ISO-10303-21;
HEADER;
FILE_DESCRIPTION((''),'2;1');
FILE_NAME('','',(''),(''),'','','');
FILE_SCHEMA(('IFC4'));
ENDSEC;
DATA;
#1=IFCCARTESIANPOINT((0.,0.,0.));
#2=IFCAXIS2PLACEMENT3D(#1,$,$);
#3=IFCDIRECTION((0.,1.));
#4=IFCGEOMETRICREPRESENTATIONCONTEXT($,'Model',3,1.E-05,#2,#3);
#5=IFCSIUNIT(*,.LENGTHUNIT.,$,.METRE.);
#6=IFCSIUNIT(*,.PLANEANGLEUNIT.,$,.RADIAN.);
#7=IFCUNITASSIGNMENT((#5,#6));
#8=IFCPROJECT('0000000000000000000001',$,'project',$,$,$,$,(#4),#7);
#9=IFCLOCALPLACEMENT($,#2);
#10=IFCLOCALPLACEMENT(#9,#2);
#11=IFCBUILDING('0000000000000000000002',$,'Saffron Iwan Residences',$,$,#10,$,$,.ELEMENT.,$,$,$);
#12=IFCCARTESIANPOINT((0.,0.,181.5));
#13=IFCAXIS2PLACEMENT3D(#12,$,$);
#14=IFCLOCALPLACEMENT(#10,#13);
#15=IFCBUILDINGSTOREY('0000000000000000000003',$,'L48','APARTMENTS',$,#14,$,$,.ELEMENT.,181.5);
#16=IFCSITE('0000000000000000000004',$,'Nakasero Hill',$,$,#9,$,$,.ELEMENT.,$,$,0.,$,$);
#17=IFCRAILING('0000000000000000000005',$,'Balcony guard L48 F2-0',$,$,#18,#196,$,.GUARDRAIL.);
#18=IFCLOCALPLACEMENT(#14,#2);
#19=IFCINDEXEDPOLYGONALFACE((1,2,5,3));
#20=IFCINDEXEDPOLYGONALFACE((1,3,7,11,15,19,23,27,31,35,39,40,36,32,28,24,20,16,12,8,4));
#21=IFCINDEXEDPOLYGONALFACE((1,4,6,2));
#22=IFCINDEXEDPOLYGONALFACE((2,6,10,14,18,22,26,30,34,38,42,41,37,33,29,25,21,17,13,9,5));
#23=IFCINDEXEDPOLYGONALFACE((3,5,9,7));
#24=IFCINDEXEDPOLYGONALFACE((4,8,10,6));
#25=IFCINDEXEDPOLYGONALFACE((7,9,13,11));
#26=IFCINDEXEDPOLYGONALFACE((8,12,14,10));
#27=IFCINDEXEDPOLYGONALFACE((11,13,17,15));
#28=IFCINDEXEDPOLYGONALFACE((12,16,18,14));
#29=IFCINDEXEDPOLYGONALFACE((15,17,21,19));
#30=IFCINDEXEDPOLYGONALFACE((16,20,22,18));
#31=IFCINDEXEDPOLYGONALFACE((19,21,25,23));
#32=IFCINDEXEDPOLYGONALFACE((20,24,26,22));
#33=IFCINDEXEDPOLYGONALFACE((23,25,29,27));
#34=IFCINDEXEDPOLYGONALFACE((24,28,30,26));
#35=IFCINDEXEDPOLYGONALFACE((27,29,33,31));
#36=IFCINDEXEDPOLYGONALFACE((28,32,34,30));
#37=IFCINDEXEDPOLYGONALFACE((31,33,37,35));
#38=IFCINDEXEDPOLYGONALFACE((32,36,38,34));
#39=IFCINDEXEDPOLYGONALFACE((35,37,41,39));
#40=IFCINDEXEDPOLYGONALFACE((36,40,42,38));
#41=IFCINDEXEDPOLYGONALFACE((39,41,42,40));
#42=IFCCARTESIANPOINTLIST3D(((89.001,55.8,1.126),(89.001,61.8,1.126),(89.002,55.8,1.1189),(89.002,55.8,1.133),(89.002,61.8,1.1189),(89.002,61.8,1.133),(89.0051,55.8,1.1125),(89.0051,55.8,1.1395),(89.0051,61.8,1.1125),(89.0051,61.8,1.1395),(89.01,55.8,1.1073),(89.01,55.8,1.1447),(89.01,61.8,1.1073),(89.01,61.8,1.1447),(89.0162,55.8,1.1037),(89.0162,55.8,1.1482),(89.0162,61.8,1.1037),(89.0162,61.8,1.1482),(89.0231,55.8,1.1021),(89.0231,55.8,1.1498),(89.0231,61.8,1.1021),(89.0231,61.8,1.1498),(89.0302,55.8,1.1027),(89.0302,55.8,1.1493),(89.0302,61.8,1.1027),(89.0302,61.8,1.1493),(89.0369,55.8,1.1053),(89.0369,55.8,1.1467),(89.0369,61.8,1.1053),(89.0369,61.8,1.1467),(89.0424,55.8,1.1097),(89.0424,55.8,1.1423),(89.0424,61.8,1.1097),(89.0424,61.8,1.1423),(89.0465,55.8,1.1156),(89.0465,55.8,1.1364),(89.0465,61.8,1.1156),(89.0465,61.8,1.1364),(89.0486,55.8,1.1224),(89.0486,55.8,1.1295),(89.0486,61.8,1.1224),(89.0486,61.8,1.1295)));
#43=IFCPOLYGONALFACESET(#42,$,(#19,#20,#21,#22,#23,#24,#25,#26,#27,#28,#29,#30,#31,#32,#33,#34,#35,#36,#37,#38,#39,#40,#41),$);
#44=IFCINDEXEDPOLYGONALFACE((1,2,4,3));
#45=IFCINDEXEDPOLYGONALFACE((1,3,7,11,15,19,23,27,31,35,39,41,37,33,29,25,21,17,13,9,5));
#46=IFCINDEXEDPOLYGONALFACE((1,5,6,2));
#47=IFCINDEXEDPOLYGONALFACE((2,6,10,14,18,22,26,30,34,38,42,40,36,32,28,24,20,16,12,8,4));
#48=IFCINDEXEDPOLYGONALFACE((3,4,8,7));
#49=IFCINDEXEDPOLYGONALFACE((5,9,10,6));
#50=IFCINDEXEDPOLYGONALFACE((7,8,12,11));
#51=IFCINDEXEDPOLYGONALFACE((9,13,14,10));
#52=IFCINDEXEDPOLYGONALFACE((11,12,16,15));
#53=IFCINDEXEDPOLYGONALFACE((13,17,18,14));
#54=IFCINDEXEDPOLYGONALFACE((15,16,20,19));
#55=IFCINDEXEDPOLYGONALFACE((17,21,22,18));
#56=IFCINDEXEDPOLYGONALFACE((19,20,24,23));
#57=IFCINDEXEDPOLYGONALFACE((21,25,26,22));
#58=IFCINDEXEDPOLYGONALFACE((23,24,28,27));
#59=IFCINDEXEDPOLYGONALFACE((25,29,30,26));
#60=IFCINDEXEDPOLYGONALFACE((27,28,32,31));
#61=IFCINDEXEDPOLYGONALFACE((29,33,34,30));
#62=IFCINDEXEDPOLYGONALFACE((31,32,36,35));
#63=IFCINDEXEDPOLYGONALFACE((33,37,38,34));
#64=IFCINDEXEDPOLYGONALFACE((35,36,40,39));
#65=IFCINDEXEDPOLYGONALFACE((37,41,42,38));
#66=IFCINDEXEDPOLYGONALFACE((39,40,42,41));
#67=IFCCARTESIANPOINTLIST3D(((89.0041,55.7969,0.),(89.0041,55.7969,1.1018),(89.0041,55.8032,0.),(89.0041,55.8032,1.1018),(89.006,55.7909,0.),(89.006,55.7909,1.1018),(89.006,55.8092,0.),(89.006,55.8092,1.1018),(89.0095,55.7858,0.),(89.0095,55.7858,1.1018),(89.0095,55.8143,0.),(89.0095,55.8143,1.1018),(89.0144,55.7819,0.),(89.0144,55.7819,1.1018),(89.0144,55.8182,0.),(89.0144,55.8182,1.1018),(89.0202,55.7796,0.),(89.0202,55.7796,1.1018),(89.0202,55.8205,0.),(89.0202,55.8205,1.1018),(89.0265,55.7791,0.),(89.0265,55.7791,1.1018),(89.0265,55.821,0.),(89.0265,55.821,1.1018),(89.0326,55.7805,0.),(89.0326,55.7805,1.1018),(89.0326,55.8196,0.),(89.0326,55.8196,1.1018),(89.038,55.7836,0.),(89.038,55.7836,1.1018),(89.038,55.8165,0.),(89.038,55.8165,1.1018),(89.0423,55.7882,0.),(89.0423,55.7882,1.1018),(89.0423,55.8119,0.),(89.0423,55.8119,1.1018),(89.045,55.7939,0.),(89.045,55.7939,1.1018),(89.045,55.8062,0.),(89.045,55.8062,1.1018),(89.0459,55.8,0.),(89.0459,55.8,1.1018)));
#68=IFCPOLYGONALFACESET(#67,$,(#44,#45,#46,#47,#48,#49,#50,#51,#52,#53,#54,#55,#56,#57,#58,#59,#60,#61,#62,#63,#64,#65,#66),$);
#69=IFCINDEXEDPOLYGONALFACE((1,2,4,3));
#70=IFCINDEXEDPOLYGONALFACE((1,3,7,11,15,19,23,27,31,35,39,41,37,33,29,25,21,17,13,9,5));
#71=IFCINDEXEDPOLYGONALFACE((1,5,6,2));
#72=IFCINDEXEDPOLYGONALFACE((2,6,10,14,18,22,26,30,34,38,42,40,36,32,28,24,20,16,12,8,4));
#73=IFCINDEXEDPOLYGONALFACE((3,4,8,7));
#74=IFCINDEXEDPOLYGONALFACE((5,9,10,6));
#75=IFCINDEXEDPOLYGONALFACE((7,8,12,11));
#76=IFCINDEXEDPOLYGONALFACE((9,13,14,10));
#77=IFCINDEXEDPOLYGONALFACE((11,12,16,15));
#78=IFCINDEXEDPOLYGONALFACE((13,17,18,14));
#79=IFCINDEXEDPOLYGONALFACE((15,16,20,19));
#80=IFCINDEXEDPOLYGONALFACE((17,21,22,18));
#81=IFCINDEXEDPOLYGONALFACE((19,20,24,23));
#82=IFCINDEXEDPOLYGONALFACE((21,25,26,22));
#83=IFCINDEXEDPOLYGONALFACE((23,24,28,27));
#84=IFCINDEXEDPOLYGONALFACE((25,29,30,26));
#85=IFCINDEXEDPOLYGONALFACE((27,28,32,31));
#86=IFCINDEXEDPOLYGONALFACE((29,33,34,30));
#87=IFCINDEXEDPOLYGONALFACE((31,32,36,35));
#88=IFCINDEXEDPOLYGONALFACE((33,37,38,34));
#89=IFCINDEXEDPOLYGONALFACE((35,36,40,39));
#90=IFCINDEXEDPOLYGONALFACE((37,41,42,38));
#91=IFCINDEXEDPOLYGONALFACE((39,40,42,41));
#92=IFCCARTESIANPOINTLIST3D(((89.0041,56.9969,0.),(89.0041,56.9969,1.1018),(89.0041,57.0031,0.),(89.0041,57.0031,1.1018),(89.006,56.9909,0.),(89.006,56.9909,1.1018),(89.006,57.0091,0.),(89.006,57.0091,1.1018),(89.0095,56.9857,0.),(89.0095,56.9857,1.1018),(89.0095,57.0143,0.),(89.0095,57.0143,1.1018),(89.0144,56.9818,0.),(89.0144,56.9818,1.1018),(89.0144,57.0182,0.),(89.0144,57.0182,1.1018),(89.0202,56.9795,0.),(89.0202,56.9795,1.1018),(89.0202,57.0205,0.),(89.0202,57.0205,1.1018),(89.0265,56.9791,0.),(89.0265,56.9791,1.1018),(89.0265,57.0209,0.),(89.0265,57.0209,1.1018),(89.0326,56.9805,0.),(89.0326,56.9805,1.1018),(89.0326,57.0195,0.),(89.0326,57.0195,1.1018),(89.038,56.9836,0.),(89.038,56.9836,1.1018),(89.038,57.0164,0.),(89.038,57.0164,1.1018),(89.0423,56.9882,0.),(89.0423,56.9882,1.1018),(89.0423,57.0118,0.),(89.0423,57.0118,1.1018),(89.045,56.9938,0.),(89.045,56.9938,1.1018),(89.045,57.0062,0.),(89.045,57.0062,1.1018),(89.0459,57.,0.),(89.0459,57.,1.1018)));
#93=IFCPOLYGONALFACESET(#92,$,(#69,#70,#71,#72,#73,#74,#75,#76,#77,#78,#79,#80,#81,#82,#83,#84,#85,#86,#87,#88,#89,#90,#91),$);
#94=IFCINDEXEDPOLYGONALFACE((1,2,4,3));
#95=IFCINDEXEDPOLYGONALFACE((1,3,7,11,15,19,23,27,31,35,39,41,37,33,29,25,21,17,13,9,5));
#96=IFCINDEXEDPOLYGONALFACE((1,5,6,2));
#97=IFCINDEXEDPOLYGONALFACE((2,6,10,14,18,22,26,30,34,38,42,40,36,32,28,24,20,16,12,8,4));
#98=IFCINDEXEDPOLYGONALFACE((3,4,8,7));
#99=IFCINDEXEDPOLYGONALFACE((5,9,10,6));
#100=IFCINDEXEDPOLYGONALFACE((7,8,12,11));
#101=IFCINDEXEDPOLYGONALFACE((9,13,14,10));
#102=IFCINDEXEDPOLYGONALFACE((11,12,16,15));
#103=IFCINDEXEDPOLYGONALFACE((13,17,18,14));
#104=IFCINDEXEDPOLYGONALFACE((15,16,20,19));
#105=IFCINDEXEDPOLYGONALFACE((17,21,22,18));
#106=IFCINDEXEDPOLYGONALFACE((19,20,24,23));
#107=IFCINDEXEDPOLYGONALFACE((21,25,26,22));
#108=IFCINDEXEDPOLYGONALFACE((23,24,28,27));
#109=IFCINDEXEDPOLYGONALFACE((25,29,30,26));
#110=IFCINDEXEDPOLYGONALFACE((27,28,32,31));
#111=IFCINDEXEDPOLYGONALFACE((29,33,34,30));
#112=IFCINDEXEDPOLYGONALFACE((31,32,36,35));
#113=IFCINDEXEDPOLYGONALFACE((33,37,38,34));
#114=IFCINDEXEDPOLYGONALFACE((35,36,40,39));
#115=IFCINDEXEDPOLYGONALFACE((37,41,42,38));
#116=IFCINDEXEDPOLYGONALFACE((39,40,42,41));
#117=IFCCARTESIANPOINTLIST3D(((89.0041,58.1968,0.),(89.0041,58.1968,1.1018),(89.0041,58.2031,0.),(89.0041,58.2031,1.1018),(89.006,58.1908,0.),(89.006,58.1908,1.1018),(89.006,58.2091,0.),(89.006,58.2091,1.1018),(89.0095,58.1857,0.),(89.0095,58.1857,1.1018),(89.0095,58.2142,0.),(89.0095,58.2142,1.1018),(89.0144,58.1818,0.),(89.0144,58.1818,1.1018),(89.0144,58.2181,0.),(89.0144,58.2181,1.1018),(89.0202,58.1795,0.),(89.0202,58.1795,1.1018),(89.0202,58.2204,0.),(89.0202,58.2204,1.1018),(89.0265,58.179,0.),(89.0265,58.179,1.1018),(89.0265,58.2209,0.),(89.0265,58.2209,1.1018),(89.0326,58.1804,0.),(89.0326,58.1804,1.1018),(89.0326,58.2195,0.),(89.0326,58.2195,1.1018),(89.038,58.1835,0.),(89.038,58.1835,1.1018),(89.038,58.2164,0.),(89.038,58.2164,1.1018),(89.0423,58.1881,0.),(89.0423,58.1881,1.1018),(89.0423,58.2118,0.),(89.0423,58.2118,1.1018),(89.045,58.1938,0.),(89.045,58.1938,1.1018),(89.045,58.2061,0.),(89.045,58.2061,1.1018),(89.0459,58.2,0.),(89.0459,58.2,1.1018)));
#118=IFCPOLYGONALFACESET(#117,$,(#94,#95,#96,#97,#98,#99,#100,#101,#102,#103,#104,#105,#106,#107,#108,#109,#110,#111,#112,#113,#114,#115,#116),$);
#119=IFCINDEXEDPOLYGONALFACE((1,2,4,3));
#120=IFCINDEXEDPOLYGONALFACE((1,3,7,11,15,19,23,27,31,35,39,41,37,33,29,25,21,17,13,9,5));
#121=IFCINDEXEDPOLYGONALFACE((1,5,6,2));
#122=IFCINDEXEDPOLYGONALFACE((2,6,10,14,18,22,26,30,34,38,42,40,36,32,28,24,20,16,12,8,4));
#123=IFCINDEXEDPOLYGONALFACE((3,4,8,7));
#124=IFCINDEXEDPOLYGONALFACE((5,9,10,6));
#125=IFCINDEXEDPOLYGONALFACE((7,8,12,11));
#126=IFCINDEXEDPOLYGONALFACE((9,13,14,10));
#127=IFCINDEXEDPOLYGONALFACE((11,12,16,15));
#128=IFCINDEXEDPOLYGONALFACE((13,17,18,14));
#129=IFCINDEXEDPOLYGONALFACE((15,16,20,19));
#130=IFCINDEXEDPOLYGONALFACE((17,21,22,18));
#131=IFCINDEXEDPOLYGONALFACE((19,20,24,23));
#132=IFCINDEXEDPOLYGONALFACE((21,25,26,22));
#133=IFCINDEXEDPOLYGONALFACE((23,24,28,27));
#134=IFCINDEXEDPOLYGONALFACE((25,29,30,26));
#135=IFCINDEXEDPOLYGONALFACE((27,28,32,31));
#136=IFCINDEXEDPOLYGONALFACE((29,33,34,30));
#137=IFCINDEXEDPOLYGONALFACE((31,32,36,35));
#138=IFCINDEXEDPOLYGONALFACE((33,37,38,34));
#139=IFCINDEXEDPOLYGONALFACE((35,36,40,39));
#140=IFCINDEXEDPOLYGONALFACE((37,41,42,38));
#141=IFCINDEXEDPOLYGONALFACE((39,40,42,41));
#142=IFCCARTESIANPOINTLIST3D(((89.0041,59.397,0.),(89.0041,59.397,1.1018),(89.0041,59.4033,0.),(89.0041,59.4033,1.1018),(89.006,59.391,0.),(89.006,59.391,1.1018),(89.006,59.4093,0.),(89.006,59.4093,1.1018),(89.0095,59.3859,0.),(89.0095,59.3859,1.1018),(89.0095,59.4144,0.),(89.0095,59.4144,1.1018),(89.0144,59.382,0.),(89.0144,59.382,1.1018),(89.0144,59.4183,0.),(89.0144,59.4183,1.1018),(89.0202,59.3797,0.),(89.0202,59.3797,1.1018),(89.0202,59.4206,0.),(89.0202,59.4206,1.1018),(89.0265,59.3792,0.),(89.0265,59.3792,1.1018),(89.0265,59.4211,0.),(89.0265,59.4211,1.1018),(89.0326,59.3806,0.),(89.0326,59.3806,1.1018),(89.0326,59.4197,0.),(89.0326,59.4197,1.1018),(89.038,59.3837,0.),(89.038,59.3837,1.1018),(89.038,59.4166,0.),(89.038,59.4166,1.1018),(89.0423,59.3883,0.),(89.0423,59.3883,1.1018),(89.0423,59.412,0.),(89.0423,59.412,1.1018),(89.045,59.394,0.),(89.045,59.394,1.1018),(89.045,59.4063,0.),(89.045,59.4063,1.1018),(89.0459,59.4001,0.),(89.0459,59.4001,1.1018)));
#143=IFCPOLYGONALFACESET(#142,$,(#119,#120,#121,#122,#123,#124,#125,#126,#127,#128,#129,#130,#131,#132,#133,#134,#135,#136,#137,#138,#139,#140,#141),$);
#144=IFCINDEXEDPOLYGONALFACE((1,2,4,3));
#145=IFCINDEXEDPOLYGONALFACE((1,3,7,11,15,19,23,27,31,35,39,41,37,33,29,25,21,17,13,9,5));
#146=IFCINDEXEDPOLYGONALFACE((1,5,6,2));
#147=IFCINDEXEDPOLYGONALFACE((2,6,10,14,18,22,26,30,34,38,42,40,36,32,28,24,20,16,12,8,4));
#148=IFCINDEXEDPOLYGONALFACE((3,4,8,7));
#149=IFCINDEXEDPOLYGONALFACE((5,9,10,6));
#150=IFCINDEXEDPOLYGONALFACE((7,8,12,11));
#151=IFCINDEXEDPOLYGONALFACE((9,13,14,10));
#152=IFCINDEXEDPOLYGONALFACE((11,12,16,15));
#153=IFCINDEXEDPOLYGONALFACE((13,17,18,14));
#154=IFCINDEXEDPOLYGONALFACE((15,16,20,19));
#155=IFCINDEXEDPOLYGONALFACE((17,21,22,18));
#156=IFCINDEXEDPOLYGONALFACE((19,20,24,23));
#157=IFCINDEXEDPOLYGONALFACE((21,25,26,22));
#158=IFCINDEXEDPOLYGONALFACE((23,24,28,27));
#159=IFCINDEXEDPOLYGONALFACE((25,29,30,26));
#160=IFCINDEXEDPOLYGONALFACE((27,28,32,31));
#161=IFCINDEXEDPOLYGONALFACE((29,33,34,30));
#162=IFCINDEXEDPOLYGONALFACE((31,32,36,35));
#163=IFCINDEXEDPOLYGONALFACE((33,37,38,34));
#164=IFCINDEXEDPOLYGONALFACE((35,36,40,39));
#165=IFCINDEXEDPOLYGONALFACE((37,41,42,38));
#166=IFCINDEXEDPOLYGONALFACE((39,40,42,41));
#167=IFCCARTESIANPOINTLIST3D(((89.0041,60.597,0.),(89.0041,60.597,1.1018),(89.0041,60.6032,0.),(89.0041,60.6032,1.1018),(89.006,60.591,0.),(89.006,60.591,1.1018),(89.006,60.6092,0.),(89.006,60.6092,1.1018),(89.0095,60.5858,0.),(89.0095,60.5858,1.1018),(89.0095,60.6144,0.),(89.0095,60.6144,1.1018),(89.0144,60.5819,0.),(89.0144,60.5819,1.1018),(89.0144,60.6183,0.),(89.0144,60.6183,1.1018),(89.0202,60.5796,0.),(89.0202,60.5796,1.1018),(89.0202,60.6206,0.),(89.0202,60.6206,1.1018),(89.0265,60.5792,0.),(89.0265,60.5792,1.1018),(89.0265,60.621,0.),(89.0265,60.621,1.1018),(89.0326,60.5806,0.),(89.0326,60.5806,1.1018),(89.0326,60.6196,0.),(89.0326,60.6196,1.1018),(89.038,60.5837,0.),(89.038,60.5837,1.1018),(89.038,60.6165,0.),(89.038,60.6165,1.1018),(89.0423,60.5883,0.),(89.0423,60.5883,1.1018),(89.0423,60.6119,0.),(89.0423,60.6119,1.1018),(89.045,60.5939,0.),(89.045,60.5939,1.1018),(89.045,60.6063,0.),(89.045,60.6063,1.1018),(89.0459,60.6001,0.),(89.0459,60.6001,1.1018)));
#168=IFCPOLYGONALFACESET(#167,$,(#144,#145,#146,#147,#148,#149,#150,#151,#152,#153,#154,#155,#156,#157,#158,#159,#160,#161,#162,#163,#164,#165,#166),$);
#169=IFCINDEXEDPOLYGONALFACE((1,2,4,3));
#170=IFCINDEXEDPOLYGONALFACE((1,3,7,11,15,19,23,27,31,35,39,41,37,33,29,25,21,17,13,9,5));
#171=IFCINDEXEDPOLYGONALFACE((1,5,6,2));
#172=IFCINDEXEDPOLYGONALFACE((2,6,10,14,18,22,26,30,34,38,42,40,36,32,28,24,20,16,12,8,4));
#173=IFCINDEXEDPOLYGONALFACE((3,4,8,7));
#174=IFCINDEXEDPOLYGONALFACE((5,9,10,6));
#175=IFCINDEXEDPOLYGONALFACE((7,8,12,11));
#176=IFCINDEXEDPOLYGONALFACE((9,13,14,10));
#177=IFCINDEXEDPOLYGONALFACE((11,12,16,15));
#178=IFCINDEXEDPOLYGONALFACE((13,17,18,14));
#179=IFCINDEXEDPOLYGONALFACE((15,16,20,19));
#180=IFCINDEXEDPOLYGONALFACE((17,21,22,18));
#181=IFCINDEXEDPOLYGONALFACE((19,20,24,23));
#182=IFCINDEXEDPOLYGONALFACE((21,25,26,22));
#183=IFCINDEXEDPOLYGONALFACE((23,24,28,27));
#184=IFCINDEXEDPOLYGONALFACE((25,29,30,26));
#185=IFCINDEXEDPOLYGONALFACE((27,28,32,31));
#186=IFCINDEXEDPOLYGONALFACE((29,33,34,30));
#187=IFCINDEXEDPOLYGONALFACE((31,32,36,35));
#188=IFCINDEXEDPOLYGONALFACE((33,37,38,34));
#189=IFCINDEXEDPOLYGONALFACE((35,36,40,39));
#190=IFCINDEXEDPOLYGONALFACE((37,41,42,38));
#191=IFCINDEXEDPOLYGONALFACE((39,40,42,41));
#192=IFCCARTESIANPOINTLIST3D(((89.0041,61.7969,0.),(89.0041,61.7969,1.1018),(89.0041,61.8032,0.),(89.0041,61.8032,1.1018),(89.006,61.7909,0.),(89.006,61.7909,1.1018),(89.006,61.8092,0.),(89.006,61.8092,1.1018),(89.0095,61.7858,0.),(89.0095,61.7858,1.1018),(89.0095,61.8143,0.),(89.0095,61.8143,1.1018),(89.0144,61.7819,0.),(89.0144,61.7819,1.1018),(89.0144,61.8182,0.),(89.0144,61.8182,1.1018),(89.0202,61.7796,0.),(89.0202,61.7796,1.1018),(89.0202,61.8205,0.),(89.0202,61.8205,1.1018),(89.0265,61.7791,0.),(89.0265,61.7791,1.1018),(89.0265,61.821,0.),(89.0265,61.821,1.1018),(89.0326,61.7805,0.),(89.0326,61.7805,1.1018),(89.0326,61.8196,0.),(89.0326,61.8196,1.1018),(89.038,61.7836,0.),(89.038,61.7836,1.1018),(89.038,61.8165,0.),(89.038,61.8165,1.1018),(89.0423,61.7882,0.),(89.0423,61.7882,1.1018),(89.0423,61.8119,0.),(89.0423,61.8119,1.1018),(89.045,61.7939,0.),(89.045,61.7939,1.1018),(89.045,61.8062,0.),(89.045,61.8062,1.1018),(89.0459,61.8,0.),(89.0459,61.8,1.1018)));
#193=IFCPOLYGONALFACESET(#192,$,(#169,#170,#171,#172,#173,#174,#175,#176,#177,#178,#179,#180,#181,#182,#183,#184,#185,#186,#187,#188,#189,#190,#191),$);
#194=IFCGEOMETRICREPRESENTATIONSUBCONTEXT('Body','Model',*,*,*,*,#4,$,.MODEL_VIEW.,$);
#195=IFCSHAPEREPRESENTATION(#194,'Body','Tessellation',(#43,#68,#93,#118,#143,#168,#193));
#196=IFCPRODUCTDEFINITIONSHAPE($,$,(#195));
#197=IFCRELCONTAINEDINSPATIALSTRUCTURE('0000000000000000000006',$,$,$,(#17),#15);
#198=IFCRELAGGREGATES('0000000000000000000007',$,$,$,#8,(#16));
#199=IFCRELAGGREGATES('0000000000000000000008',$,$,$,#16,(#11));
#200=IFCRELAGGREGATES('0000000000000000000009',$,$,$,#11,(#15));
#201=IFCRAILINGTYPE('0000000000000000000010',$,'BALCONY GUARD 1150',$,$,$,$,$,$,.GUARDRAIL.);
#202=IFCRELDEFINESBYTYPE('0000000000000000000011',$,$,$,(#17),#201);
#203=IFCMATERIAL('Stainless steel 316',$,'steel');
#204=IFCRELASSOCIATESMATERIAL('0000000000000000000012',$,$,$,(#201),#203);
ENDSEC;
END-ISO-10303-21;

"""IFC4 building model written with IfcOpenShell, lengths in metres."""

from ifc_helpers import new_model, si_unit, direction, frame, origin, origin_2d, place, context, subcontext, project, spatial, circle, extrude, material, type_object, element, save


model = new_model("IFC4")

# Units and contexts
model_context = context("Model", 3, precision=1e-05, world=origin(), true_north=direction((0.0, 1.0)))
body_context = subcontext(model_context, "Body", "Model", "MODEL_VIEW")
ifc_project = project(units=[si_unit("LENGTHUNIT", "METRE"), si_unit("PLANEANGLEUNIT", "RADIAN")], contexts=[model_context])

# Site, building, storey
site_placement = place(None, origin())
site = spatial("IfcSite", under=ifc_project, at=site_placement, Name="Nakasero Hill", CompositionType="ELEMENT", RefElevation=0.0)
building_placement = place(site_placement, origin())
building = spatial("IfcBuilding", under=site, at=building_placement, Name="Saffron Iwan Residences", CompositionType="ELEMENT")
storey_placement = place(building_placement, frame((0.0, 0.0, 181.5)))
storey = spatial("IfcBuildingStorey", under=building, at=storey_placement, Name="L48", Description="APARTMENTS", CompositionType="ELEMENT", Elevation=181.5)

# Railing
ifc_material_1 = material(Name="Stainless steel 316", Category="steel")
railing_type = type_object("IfcRailingType", Name="BALCONY GUARD 1150", PredefinedType="GUARDRAIL", material=ifc_material_1)
railing_placement = place(storey_placement, frame((89.0249, 55.8, 0.0)))
element("IfcRailing", 1, at=railing_placement, inside=storey, type_object=railing_type, Name="Balcony guard L48 F2-0", PredefinedType="GUARDRAIL", context=body_context, shape_type="SweptSolid", body=[
    extrude(circle(Radius=0.0239, at=origin_2d()), frame((0.0, 0.0, 1.126), z_axis=(0.0, 1.0, 0.0), x_axis=(-1.0, 0.0, 0.0)), (0.0, 0.0, 1.0), 6.0),
    extrude(circle(Radius=0.021, at=origin_2d()), origin(), (0.0, 0.0, 1.0), 1.1018),
    extrude(circle(Radius=0.021, at=origin_2d()), frame((0.0, 1.2, 0.0)), (0.0, 0.0, 1.0), 1.1018),
    extrude(circle(Radius=0.021, at=origin_2d()), frame((0.0, 2.3999, 0.0)), (0.0, 0.0, 1.0), 1.1018),
    extrude(circle(Radius=0.021, at=origin_2d()), frame((0.0, 3.6001, 0.0)), (0.0, 0.0, 1.0), 1.1018),
    extrude(circle(Radius=0.021, at=origin_2d()), frame((0.0, 4.8, 0.0)), (0.0, 0.0, 1.0), 1.1018),
    extrude(circle(Radius=0.021, at=origin_2d()), frame((0.0, 6.0, 0.0)), (0.0, 0.0, 1.0), 1.1018),
])

save(model, "model.ifc")
